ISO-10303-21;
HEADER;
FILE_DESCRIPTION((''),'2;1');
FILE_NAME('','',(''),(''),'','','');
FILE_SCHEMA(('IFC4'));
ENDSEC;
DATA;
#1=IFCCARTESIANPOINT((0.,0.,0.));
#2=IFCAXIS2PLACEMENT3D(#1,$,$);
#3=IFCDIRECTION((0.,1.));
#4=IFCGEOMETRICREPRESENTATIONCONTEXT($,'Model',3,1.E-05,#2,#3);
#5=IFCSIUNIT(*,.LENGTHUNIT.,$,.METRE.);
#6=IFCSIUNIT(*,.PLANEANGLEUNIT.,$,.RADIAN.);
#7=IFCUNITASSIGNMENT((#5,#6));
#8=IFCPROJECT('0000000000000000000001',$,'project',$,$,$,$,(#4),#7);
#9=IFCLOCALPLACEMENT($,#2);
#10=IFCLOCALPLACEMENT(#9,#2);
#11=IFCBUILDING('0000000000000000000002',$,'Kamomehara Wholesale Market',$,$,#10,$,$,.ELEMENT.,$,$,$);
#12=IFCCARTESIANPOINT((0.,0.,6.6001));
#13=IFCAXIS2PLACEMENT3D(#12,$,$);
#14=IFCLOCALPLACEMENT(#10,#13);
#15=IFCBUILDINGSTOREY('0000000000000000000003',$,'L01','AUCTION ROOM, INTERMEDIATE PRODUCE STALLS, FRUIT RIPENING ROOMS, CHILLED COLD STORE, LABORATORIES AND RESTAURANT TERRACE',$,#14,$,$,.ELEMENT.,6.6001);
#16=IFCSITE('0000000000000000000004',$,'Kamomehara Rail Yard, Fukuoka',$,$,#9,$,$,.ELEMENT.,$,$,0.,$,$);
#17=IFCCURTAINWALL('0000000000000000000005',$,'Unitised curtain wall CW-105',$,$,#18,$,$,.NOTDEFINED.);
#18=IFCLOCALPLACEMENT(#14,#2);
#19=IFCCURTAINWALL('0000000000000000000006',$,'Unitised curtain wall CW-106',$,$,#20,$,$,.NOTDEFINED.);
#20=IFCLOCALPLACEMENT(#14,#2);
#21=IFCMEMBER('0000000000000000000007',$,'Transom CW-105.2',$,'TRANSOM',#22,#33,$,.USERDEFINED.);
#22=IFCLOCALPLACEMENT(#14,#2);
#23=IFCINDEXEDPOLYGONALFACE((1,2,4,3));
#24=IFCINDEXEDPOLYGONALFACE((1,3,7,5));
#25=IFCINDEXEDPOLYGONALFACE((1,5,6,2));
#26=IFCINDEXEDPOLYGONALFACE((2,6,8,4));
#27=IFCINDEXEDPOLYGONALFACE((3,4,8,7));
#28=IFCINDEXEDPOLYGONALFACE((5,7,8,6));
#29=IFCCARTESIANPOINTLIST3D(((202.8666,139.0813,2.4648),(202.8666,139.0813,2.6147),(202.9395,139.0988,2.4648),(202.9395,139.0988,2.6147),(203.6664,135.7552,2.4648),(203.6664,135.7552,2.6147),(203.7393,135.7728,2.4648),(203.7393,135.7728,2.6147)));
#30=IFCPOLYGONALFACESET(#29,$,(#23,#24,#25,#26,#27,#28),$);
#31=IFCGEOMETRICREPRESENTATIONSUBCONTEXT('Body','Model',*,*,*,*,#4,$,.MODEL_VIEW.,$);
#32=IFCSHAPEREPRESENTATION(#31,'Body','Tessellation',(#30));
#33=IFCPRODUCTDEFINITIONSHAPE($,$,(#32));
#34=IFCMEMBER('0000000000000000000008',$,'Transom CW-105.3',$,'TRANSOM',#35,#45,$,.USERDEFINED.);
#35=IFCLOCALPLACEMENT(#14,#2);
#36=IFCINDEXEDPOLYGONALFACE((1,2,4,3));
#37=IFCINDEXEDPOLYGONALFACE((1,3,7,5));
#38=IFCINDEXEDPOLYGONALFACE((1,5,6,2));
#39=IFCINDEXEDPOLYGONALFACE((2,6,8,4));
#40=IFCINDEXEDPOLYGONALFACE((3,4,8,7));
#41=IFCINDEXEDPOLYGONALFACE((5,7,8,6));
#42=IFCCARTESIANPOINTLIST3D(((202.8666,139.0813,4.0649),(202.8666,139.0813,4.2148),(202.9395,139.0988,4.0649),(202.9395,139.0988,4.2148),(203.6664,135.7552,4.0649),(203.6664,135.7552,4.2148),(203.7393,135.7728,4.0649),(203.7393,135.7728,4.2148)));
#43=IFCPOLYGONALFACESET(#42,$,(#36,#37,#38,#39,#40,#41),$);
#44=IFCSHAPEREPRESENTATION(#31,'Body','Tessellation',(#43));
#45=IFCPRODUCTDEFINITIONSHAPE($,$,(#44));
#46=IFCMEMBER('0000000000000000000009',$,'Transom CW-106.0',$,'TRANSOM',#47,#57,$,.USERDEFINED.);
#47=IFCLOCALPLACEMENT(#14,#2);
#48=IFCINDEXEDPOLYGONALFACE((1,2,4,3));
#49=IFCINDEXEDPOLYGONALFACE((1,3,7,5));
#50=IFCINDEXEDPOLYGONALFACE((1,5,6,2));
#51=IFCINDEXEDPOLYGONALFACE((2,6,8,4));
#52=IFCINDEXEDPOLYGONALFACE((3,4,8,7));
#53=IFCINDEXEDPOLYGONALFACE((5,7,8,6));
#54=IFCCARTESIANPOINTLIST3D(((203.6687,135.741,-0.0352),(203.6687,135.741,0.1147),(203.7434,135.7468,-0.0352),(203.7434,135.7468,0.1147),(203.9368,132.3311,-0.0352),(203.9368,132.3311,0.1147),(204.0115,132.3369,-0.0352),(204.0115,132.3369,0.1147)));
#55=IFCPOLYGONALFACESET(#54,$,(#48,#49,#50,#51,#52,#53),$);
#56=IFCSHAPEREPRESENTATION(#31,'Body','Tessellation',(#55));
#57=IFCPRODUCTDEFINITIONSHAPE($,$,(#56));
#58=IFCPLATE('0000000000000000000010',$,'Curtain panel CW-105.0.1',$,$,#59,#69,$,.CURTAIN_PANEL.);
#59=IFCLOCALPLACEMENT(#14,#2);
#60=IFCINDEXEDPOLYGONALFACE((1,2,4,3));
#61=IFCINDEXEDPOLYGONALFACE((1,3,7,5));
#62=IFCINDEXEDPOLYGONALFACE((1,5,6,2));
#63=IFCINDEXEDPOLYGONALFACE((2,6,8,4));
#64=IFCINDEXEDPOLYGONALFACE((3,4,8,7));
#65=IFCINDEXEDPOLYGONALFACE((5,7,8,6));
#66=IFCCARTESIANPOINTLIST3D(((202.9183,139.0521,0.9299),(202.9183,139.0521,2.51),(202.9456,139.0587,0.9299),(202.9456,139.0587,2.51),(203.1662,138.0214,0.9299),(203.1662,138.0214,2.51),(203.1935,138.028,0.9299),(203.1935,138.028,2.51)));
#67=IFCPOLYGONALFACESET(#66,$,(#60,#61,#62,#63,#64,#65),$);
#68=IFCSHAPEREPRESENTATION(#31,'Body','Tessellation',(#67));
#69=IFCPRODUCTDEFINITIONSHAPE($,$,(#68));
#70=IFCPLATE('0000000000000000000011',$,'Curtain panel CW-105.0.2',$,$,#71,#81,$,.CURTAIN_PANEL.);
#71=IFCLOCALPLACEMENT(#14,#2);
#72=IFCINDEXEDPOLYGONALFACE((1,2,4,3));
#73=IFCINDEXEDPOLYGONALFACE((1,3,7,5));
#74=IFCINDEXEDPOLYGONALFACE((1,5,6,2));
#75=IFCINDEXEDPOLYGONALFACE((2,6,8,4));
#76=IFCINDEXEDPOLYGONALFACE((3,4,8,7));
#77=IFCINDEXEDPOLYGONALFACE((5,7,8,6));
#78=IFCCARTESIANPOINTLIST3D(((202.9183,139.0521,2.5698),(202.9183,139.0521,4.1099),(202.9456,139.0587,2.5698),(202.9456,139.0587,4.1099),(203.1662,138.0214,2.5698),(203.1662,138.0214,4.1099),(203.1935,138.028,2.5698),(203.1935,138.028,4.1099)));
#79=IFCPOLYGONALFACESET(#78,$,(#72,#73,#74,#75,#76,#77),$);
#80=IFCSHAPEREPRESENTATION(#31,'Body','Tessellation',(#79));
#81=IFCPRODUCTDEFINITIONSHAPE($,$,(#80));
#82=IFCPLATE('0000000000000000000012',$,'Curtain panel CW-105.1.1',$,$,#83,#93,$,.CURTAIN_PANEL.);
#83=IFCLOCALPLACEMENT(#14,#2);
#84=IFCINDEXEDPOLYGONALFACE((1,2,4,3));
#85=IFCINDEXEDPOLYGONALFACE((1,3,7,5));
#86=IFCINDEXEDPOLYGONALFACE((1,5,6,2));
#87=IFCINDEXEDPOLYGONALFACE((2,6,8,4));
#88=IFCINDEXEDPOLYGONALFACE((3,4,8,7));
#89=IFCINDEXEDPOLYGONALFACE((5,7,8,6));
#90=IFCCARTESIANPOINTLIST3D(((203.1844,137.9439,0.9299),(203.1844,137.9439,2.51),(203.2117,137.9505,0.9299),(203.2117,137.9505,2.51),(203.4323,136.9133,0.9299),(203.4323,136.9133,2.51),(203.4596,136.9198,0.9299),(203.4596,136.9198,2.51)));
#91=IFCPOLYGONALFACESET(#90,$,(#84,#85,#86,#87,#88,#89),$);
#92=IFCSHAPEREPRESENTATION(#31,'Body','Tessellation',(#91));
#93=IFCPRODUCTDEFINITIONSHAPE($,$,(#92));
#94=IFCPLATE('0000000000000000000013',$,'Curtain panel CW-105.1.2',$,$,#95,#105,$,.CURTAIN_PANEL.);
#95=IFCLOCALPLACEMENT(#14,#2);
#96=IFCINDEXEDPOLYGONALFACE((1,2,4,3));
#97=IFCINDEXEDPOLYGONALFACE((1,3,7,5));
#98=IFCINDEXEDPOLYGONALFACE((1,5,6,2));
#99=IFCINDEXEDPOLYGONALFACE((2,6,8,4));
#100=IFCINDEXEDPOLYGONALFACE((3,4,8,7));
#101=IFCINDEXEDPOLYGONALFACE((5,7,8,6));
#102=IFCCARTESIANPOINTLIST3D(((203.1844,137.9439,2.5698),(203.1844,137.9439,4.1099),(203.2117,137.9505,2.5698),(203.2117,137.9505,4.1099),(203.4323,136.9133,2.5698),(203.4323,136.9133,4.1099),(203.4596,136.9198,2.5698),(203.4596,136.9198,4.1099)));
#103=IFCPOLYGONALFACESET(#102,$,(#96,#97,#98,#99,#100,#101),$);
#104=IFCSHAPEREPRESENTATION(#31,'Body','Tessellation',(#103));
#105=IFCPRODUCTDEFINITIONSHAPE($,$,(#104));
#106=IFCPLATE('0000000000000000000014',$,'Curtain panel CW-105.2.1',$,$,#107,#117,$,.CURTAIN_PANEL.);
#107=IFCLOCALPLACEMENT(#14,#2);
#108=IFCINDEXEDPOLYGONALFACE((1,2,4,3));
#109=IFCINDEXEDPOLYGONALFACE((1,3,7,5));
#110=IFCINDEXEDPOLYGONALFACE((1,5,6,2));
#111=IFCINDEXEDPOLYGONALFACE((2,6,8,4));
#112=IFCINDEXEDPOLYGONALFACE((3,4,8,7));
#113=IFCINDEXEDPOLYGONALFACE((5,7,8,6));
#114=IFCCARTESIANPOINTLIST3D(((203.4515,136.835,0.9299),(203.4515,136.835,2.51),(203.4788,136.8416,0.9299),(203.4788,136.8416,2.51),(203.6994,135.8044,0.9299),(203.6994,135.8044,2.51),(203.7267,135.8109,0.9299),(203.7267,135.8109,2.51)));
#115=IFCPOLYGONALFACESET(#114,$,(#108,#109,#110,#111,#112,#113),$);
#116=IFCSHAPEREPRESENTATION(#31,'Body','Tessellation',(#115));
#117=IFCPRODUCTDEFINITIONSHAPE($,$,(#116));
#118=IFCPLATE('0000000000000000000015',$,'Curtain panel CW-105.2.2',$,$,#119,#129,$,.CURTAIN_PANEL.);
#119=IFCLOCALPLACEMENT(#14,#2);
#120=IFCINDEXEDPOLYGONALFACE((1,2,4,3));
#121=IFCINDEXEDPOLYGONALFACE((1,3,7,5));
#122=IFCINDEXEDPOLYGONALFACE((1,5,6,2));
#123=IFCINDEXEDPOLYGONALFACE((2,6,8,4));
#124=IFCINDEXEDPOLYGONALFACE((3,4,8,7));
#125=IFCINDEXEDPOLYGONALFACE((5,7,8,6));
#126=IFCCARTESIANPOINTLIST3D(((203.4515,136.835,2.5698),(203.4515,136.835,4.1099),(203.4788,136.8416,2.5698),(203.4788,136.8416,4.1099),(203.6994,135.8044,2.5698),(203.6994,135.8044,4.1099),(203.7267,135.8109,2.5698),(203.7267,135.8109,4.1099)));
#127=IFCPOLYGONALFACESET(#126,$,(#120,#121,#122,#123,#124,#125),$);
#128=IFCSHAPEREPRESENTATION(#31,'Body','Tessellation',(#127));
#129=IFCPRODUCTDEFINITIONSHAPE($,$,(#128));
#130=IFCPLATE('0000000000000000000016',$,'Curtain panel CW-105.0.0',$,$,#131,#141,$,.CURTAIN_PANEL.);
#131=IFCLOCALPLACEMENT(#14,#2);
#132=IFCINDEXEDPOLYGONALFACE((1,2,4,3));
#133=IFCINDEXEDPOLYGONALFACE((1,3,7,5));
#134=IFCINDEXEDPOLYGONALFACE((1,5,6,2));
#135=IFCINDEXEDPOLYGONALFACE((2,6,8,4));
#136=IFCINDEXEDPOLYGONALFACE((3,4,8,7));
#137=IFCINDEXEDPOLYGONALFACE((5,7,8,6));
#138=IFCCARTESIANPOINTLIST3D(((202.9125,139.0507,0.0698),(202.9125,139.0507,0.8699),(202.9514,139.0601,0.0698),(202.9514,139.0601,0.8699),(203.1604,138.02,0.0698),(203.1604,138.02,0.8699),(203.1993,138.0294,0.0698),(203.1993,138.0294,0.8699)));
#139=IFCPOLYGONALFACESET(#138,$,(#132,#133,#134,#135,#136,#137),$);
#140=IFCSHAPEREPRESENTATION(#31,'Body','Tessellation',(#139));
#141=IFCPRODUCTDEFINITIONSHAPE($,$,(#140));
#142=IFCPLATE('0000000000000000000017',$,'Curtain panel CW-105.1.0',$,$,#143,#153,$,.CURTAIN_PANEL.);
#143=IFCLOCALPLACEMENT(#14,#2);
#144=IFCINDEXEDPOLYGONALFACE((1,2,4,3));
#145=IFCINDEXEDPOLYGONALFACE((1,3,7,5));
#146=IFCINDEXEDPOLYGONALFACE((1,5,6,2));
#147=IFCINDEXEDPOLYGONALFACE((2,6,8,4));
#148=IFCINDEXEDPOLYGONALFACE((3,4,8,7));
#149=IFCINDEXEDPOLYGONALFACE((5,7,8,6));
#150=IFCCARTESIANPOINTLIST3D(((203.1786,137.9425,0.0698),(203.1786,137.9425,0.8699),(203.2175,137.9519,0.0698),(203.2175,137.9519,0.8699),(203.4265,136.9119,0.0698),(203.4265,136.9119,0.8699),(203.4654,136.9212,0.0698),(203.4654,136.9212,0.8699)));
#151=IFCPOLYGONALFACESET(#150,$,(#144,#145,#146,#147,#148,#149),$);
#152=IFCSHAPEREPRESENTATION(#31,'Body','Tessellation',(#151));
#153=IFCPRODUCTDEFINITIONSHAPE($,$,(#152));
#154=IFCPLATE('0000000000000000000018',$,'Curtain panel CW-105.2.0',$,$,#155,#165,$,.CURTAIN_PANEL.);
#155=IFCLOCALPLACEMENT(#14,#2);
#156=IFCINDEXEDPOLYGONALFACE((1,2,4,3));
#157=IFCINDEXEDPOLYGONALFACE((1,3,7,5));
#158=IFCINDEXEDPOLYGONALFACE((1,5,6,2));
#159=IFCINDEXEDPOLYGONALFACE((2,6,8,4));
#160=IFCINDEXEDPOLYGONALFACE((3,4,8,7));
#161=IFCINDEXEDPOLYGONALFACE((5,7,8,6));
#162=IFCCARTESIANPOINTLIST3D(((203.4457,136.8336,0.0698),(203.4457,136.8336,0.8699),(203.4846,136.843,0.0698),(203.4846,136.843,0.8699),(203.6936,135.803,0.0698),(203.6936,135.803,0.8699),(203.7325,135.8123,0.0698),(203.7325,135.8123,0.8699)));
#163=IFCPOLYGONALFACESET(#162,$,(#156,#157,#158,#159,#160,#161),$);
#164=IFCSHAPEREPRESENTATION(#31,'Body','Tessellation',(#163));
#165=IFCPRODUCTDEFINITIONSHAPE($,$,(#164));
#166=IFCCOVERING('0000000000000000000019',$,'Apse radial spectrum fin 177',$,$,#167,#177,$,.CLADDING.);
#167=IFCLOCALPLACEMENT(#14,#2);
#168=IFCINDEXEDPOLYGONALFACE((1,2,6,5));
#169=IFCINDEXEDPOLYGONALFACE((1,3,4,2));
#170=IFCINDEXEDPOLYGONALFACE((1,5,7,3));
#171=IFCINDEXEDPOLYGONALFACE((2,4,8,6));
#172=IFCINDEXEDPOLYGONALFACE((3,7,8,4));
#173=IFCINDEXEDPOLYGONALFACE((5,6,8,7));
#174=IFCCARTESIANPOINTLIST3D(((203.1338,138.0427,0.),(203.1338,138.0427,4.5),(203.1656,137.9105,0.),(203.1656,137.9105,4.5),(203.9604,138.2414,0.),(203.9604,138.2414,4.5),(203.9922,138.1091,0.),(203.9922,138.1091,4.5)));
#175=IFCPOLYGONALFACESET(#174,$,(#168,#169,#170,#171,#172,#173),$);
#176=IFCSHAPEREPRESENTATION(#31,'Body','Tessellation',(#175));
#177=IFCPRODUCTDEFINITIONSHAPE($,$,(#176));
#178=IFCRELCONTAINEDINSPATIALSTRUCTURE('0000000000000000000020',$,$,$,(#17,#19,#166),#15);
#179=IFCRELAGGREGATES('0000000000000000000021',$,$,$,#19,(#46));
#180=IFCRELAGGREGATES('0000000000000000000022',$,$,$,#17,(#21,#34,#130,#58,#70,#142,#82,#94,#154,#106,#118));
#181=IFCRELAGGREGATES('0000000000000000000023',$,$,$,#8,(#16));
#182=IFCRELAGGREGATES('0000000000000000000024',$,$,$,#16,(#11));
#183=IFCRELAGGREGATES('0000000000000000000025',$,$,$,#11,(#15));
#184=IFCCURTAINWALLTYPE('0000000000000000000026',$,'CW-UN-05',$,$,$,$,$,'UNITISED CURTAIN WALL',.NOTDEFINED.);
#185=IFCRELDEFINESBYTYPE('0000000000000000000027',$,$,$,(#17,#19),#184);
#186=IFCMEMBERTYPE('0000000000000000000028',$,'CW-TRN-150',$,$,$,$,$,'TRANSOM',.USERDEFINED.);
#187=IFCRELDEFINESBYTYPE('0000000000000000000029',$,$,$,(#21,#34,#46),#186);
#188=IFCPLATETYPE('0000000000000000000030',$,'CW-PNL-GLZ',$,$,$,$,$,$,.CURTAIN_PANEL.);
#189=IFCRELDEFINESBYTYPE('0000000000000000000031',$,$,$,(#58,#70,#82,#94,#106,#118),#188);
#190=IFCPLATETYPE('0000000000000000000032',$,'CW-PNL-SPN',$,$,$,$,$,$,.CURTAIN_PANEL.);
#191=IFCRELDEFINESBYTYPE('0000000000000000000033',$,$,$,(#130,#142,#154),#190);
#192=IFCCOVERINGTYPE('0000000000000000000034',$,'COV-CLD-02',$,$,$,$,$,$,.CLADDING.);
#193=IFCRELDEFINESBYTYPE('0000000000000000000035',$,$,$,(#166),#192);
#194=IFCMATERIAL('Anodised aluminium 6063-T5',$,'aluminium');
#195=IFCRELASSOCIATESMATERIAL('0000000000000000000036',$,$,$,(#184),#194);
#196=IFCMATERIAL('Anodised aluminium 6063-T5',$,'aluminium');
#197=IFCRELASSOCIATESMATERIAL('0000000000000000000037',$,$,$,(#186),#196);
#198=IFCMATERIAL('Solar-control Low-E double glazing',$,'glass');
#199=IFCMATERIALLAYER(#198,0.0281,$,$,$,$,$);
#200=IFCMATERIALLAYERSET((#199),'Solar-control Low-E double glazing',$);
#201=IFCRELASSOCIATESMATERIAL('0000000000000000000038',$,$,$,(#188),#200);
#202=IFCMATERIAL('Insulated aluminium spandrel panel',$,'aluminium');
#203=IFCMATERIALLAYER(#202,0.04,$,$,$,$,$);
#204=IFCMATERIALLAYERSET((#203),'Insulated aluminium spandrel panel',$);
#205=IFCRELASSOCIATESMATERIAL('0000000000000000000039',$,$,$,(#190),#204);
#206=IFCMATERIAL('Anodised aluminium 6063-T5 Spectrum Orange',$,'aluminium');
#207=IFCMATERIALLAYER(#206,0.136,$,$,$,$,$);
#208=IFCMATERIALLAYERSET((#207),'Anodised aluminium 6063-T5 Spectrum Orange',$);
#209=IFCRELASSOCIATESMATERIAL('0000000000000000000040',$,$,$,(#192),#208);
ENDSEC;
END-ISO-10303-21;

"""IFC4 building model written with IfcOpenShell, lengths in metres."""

from ifc_helpers import new_model, si_unit, direction, frame, origin, origin_2d, place, context, subcontext, project, spatial, rectangle, extrude, material, layer, layer_set, material_profile, profile_set, type_object, element, aggregate, save


model = new_model("IFC4")

# Units and contexts
model_context = context("Model", 3, precision=1e-05, world=origin(), true_north=direction((0.0, 1.0)))
body_context = subcontext(model_context, "Body", "Model", "MODEL_VIEW")
ifc_project = project(units=[si_unit("LENGTHUNIT", "METRE"), si_unit("PLANEANGLEUNIT", "RADIAN")], contexts=[model_context])

# Site, building, storey
site_placement = place(None, origin())
site = spatial("IfcSite", under=ifc_project, at=site_placement, Name="Kamomehara Rail Yard, Fukuoka", CompositionType="ELEMENT", RefElevation=0.0)
building_placement = place(site_placement, origin())
building = spatial("IfcBuilding", under=site, at=building_placement, Name="Kamomehara Wholesale Market", CompositionType="ELEMENT")
storey_placement = place(building_placement, frame((0.0, 0.0, 6.6001)))
storey = spatial("IfcBuildingStorey", under=building, at=storey_placement, Name="L01", Description="AUCTION ROOM, INTERMEDIATE PRODUCE STALLS, FRUIT RIPENING ROOMS, CHILLED COLD STORE, LABORATORIES AND RESTAURANT TERRACE", CompositionType="ELEMENT", Elevation=6.6001)

# Shared definitions
ifc_material_1 = material(Name="Anodised aluminium 6063-T5", Category="aluminium")
curtain_wall_type = type_object("IfcCurtainWallType", Name="CW-UN-05", ElementType="UNITISED CURTAIN WALL", PredefinedType="NOTDEFINED", material=ifc_material_1)

# Curtain wall
curtain_wall_1_placement = place(storey_placement, origin())
curtain_wall_1 = element("IfcCurtainWall", 1, at=curtain_wall_1_placement, inside=storey, type_object=curtain_wall_type, Name="Unitised curtain wall CW-105", PredefinedType="NOTDEFINED")

# Curtain wall
curtain_wall_2_placement = place(storey_placement, origin())
curtain_wall_2 = element("IfcCurtainWall", 2, at=curtain_wall_2_placement, inside=storey, type_object=curtain_wall_type, Name="Unitised curtain wall CW-106", PredefinedType="NOTDEFINED")

# Members
ifc_material_2 = material(Name="Anodised aluminium 6063-T5", Category="aluminium")
ifc_material_profile_1 = material_profile(ifc_material_2, rectangle(XDim=0.075, YDim=0.1499, at=origin_2d()), Name="ALU-TRN-75x150")
ifc_profile_set_1 = profile_set([ifc_material_profile_1], Name="Anodised aluminium 6063-T5")
member_type_1 = type_object("IfcMemberType", Name="CW-TRN-150", ElementType="TRANSOM", PredefinedType="USERDEFINED", material=ifc_profile_set_1)
member_1_placement = place(storey_placement, frame((202.9031, 139.0901, 2.5398), z_axis=(0.233794, -0.972286, 0.0), x_axis=(0.972286, 0.233794, 0.0)))
member_1 = element("IfcMember", 3, at=member_1_placement, type_object=member_type_1, Name="Transom CW-105.2", ObjectType="TRANSOM", PredefinedType="USERDEFINED", context=body_context, shape_type="SweptSolid", body=[
    extrude(rectangle(XDim=0.075, YDim=0.1499, at=origin_2d()), origin(), (0.0, 0.0, 1.0), 3.4209),
])
member_2_placement = place(storey_placement, frame((202.9031, 139.0901, 4.1399), z_axis=(0.233794, -0.972286, 0.0), x_axis=(0.972286, 0.233794, 0.0)))
member_2 = element("IfcMember", 4, at=member_2_placement, type_object=member_type_1, Name="Transom CW-105.3", ObjectType="TRANSOM", PredefinedType="USERDEFINED", context=body_context, shape_type="SweptSolid", body=[
    extrude(rectangle(XDim=0.075, YDim=0.1499, at=origin_2d()), origin(), (0.0, 0.0, 1.0), 3.4209),
])
member_3_placement = place(storey_placement, frame((203.7061, 135.7439, 0.0398), z_axis=(0.078372, -0.996924, 0.0), x_axis=(0.996924, 0.078372, 0.0)))
member_3 = element("IfcMember", 5, at=member_3_placement, type_object=member_type_1, Name="Transom CW-106.0", ObjectType="TRANSOM", PredefinedType="USERDEFINED", context=body_context, shape_type="SweptSolid", body=[
    extrude(rectangle(XDim=0.075, YDim=0.1499, at=origin_2d()), origin(), (0.0, 0.0, 1.0), 3.4204),
])
aggregate(curtain_wall_2, [member_3])

# Plates
ifc_material_3 = material(Name="Solar-control Low-E double glazing", Category="glass")
ifc_layer_1 = layer(ifc_material_3, 0.0281)
ifc_layer_set_1 = layer_set([ifc_layer_1], Name="Solar-control Low-E double glazing")
plate_type_1 = type_object("IfcPlateType", Name="CW-PNL-GLZ", PredefinedType="CURTAIN_PANEL", material=ifc_layer_set_1)
plate_1_placement = place(storey_placement, frame((203.0559, 138.54, 0.9299), z_axis=(0.0, 0.0, 1.0), x_axis=(0.233853, -0.972272, 0.0)))
plate_1 = element("IfcPlate", 6, at=plate_1_placement, type_object=plate_type_1, Name="Curtain panel CW-105.0.1", PredefinedType="CURTAIN_PANEL", context=body_context, shape_type="SweptSolid", body=[
    extrude(rectangle(XDim=1.0601, YDim=0.0281, at=origin_2d()), origin(), (0.0, 0.0, 1.0), 1.5801),
])
plate_2_placement = place(storey_placement, frame((203.0559, 138.54, 2.5698), z_axis=(0.0, 0.0, 1.0), x_axis=(0.233853, -0.972272, 0.0)))
plate_2 = element("IfcPlate", 7, at=plate_2_placement, type_object=plate_type_1, Name="Curtain panel CW-105.0.2", PredefinedType="CURTAIN_PANEL", context=body_context, shape_type="SweptSolid", body=[
    extrude(rectangle(XDim=1.0601, YDim=0.0281, at=origin_2d()), origin(), (0.0, 0.0, 1.0), 1.54),
])
plate_3_placement = place(storey_placement, frame((203.322, 137.4319, 0.9299), z_axis=(0.0, 0.0, 1.0), x_axis=(0.233853, -0.972272, 0.0)))
plate_3 = element("IfcPlate", 8, at=plate_3_placement, type_object=plate_type_1, Name="Curtain panel CW-105.1.1", PredefinedType="CURTAIN_PANEL", context=body_context, shape_type="SweptSolid", body=[
    extrude(rectangle(XDim=1.0601, YDim=0.0281, at=origin_2d()), origin(), (0.0, 0.0, 1.0), 1.5801),
])
plate_4_placement = place(storey_placement, frame((203.322, 137.4319, 2.5698), z_axis=(0.0, 0.0, 1.0), x_axis=(0.233853, -0.972272, 0.0)))
plate_4 = element("IfcPlate", 9, at=plate_4_placement, type_object=plate_type_1, Name="Curtain panel CW-105.1.2", PredefinedType="CURTAIN_PANEL", context=body_context, shape_type="SweptSolid", body=[
    extrude(rectangle(XDim=1.0601, YDim=0.0281, at=origin_2d()), origin(), (0.0, 0.0, 1.0), 1.54),
])
plate_5_placement = place(storey_placement, frame((203.5891, 136.323, 0.9299), z_axis=(0.0, 0.0, 1.0), x_axis=(0.233853, -0.972272, 0.0)))
plate_5 = element("IfcPlate", 10, at=plate_5_placement, type_object=plate_type_1, Name="Curtain panel CW-105.2.1", PredefinedType="CURTAIN_PANEL", context=body_context, shape_type="SweptSolid", body=[
    extrude(rectangle(XDim=1.0601, YDim=0.0281, at=origin_2d()), origin(), (0.0, 0.0, 1.0), 1.5801),
])
plate_6_placement = place(storey_placement, frame((203.5891, 136.323, 2.5698), z_axis=(0.0, 0.0, 1.0), x_axis=(0.233853, -0.972272, 0.0)))
plate_6 = element("IfcPlate", 11, at=plate_6_placement, type_object=plate_type_1, Name="Curtain panel CW-105.2.2", PredefinedType="CURTAIN_PANEL", context=body_context, shape_type="SweptSolid", body=[
    extrude(rectangle(XDim=1.0601, YDim=0.0281, at=origin_2d()), origin(), (0.0, 0.0, 1.0), 1.54),
])
ifc_material_4 = material(Name="Insulated aluminium spandrel panel", Category="aluminium")
ifc_layer_2 = layer(ifc_material_4, 0.04)
ifc_layer_set_2 = layer_set([ifc_layer_2], Name="Insulated aluminium spandrel panel")
plate_type_2 = type_object("IfcPlateType", Name="CW-PNL-SPN", PredefinedType="CURTAIN_PANEL", material=ifc_layer_set_2)
plate_7_placement = place(storey_placement, frame((203.0559, 138.54, 0.0698), z_axis=(0.0, 0.0, 1.0), x_axis=(0.233853, -0.972272, 0.0)))
plate_7 = element("IfcPlate", 12, at=plate_7_placement, type_object=plate_type_2, Name="Curtain panel CW-105.0.0", PredefinedType="CURTAIN_PANEL", context=body_context, shape_type="SweptSolid", body=[
    extrude(rectangle(XDim=1.0601, YDim=0.04, at=origin_2d()), origin(), (0.0, 0.0, 1.0), 0.8),
])
plate_8_placement = place(storey_placement, frame((203.322, 137.4319, 0.0698), z_axis=(0.0, 0.0, 1.0), x_axis=(0.233853, -0.972272, 0.0)))
plate_8 = element("IfcPlate", 13, at=plate_8_placement, type_object=plate_type_2, Name="Curtain panel CW-105.1.0", PredefinedType="CURTAIN_PANEL", context=body_context, shape_type="SweptSolid", body=[
    extrude(rectangle(XDim=1.0601, YDim=0.04, at=origin_2d()), origin(), (0.0, 0.0, 1.0), 0.8),
])
plate_9_placement = place(storey_placement, frame((203.5891, 136.323, 0.0698), z_axis=(0.0, 0.0, 1.0), x_axis=(0.233853, -0.972272, 0.0)))
plate_9 = element("IfcPlate", 14, at=plate_9_placement, type_object=plate_type_2, Name="Curtain panel CW-105.2.0", PredefinedType="CURTAIN_PANEL", context=body_context, shape_type="SweptSolid", body=[
    extrude(rectangle(XDim=1.0601, YDim=0.04, at=origin_2d()), origin(), (0.0, 0.0, 1.0), 0.8),
])
aggregate(curtain_wall_1, [member_1, member_2, plate_7, plate_1, plate_2, plate_8, plate_3, plate_4, plate_9, plate_5, plate_6])

# Covering
ifc_material_5 = material(Name="Anodised aluminium 6063-T5 Spectrum Orange", Category="aluminium")
ifc_layer_3 = layer(ifc_material_5, 0.136)
ifc_layer_set_3 = layer_set([ifc_layer_3], Name="Anodised aluminium 6063-T5 Spectrum Orange")
covering_type = type_object("IfcCoveringType", Name="COV-CLD-02", PredefinedType="CLADDING", material=ifc_layer_set_3)
covering_placement = place(storey_placement, frame((203.563, 138.0759, 0.0), z_axis=(0.0, 0.0, 1.0), x_axis=(0.233649, -0.972321, 0.0)))
element("IfcCovering", 15, at=covering_placement, inside=storey, type_object=covering_type, Name="Apse radial spectrum fin 177", PredefinedType="CLADDING", context=body_context, shape_type="SweptSolid", body=[
    extrude(rectangle(XDim=0.136, YDim=0.8501, at=origin_2d()), origin(), (0.0, 0.0, 1.0), 4.5),
])

save(model, "model.ifc")
